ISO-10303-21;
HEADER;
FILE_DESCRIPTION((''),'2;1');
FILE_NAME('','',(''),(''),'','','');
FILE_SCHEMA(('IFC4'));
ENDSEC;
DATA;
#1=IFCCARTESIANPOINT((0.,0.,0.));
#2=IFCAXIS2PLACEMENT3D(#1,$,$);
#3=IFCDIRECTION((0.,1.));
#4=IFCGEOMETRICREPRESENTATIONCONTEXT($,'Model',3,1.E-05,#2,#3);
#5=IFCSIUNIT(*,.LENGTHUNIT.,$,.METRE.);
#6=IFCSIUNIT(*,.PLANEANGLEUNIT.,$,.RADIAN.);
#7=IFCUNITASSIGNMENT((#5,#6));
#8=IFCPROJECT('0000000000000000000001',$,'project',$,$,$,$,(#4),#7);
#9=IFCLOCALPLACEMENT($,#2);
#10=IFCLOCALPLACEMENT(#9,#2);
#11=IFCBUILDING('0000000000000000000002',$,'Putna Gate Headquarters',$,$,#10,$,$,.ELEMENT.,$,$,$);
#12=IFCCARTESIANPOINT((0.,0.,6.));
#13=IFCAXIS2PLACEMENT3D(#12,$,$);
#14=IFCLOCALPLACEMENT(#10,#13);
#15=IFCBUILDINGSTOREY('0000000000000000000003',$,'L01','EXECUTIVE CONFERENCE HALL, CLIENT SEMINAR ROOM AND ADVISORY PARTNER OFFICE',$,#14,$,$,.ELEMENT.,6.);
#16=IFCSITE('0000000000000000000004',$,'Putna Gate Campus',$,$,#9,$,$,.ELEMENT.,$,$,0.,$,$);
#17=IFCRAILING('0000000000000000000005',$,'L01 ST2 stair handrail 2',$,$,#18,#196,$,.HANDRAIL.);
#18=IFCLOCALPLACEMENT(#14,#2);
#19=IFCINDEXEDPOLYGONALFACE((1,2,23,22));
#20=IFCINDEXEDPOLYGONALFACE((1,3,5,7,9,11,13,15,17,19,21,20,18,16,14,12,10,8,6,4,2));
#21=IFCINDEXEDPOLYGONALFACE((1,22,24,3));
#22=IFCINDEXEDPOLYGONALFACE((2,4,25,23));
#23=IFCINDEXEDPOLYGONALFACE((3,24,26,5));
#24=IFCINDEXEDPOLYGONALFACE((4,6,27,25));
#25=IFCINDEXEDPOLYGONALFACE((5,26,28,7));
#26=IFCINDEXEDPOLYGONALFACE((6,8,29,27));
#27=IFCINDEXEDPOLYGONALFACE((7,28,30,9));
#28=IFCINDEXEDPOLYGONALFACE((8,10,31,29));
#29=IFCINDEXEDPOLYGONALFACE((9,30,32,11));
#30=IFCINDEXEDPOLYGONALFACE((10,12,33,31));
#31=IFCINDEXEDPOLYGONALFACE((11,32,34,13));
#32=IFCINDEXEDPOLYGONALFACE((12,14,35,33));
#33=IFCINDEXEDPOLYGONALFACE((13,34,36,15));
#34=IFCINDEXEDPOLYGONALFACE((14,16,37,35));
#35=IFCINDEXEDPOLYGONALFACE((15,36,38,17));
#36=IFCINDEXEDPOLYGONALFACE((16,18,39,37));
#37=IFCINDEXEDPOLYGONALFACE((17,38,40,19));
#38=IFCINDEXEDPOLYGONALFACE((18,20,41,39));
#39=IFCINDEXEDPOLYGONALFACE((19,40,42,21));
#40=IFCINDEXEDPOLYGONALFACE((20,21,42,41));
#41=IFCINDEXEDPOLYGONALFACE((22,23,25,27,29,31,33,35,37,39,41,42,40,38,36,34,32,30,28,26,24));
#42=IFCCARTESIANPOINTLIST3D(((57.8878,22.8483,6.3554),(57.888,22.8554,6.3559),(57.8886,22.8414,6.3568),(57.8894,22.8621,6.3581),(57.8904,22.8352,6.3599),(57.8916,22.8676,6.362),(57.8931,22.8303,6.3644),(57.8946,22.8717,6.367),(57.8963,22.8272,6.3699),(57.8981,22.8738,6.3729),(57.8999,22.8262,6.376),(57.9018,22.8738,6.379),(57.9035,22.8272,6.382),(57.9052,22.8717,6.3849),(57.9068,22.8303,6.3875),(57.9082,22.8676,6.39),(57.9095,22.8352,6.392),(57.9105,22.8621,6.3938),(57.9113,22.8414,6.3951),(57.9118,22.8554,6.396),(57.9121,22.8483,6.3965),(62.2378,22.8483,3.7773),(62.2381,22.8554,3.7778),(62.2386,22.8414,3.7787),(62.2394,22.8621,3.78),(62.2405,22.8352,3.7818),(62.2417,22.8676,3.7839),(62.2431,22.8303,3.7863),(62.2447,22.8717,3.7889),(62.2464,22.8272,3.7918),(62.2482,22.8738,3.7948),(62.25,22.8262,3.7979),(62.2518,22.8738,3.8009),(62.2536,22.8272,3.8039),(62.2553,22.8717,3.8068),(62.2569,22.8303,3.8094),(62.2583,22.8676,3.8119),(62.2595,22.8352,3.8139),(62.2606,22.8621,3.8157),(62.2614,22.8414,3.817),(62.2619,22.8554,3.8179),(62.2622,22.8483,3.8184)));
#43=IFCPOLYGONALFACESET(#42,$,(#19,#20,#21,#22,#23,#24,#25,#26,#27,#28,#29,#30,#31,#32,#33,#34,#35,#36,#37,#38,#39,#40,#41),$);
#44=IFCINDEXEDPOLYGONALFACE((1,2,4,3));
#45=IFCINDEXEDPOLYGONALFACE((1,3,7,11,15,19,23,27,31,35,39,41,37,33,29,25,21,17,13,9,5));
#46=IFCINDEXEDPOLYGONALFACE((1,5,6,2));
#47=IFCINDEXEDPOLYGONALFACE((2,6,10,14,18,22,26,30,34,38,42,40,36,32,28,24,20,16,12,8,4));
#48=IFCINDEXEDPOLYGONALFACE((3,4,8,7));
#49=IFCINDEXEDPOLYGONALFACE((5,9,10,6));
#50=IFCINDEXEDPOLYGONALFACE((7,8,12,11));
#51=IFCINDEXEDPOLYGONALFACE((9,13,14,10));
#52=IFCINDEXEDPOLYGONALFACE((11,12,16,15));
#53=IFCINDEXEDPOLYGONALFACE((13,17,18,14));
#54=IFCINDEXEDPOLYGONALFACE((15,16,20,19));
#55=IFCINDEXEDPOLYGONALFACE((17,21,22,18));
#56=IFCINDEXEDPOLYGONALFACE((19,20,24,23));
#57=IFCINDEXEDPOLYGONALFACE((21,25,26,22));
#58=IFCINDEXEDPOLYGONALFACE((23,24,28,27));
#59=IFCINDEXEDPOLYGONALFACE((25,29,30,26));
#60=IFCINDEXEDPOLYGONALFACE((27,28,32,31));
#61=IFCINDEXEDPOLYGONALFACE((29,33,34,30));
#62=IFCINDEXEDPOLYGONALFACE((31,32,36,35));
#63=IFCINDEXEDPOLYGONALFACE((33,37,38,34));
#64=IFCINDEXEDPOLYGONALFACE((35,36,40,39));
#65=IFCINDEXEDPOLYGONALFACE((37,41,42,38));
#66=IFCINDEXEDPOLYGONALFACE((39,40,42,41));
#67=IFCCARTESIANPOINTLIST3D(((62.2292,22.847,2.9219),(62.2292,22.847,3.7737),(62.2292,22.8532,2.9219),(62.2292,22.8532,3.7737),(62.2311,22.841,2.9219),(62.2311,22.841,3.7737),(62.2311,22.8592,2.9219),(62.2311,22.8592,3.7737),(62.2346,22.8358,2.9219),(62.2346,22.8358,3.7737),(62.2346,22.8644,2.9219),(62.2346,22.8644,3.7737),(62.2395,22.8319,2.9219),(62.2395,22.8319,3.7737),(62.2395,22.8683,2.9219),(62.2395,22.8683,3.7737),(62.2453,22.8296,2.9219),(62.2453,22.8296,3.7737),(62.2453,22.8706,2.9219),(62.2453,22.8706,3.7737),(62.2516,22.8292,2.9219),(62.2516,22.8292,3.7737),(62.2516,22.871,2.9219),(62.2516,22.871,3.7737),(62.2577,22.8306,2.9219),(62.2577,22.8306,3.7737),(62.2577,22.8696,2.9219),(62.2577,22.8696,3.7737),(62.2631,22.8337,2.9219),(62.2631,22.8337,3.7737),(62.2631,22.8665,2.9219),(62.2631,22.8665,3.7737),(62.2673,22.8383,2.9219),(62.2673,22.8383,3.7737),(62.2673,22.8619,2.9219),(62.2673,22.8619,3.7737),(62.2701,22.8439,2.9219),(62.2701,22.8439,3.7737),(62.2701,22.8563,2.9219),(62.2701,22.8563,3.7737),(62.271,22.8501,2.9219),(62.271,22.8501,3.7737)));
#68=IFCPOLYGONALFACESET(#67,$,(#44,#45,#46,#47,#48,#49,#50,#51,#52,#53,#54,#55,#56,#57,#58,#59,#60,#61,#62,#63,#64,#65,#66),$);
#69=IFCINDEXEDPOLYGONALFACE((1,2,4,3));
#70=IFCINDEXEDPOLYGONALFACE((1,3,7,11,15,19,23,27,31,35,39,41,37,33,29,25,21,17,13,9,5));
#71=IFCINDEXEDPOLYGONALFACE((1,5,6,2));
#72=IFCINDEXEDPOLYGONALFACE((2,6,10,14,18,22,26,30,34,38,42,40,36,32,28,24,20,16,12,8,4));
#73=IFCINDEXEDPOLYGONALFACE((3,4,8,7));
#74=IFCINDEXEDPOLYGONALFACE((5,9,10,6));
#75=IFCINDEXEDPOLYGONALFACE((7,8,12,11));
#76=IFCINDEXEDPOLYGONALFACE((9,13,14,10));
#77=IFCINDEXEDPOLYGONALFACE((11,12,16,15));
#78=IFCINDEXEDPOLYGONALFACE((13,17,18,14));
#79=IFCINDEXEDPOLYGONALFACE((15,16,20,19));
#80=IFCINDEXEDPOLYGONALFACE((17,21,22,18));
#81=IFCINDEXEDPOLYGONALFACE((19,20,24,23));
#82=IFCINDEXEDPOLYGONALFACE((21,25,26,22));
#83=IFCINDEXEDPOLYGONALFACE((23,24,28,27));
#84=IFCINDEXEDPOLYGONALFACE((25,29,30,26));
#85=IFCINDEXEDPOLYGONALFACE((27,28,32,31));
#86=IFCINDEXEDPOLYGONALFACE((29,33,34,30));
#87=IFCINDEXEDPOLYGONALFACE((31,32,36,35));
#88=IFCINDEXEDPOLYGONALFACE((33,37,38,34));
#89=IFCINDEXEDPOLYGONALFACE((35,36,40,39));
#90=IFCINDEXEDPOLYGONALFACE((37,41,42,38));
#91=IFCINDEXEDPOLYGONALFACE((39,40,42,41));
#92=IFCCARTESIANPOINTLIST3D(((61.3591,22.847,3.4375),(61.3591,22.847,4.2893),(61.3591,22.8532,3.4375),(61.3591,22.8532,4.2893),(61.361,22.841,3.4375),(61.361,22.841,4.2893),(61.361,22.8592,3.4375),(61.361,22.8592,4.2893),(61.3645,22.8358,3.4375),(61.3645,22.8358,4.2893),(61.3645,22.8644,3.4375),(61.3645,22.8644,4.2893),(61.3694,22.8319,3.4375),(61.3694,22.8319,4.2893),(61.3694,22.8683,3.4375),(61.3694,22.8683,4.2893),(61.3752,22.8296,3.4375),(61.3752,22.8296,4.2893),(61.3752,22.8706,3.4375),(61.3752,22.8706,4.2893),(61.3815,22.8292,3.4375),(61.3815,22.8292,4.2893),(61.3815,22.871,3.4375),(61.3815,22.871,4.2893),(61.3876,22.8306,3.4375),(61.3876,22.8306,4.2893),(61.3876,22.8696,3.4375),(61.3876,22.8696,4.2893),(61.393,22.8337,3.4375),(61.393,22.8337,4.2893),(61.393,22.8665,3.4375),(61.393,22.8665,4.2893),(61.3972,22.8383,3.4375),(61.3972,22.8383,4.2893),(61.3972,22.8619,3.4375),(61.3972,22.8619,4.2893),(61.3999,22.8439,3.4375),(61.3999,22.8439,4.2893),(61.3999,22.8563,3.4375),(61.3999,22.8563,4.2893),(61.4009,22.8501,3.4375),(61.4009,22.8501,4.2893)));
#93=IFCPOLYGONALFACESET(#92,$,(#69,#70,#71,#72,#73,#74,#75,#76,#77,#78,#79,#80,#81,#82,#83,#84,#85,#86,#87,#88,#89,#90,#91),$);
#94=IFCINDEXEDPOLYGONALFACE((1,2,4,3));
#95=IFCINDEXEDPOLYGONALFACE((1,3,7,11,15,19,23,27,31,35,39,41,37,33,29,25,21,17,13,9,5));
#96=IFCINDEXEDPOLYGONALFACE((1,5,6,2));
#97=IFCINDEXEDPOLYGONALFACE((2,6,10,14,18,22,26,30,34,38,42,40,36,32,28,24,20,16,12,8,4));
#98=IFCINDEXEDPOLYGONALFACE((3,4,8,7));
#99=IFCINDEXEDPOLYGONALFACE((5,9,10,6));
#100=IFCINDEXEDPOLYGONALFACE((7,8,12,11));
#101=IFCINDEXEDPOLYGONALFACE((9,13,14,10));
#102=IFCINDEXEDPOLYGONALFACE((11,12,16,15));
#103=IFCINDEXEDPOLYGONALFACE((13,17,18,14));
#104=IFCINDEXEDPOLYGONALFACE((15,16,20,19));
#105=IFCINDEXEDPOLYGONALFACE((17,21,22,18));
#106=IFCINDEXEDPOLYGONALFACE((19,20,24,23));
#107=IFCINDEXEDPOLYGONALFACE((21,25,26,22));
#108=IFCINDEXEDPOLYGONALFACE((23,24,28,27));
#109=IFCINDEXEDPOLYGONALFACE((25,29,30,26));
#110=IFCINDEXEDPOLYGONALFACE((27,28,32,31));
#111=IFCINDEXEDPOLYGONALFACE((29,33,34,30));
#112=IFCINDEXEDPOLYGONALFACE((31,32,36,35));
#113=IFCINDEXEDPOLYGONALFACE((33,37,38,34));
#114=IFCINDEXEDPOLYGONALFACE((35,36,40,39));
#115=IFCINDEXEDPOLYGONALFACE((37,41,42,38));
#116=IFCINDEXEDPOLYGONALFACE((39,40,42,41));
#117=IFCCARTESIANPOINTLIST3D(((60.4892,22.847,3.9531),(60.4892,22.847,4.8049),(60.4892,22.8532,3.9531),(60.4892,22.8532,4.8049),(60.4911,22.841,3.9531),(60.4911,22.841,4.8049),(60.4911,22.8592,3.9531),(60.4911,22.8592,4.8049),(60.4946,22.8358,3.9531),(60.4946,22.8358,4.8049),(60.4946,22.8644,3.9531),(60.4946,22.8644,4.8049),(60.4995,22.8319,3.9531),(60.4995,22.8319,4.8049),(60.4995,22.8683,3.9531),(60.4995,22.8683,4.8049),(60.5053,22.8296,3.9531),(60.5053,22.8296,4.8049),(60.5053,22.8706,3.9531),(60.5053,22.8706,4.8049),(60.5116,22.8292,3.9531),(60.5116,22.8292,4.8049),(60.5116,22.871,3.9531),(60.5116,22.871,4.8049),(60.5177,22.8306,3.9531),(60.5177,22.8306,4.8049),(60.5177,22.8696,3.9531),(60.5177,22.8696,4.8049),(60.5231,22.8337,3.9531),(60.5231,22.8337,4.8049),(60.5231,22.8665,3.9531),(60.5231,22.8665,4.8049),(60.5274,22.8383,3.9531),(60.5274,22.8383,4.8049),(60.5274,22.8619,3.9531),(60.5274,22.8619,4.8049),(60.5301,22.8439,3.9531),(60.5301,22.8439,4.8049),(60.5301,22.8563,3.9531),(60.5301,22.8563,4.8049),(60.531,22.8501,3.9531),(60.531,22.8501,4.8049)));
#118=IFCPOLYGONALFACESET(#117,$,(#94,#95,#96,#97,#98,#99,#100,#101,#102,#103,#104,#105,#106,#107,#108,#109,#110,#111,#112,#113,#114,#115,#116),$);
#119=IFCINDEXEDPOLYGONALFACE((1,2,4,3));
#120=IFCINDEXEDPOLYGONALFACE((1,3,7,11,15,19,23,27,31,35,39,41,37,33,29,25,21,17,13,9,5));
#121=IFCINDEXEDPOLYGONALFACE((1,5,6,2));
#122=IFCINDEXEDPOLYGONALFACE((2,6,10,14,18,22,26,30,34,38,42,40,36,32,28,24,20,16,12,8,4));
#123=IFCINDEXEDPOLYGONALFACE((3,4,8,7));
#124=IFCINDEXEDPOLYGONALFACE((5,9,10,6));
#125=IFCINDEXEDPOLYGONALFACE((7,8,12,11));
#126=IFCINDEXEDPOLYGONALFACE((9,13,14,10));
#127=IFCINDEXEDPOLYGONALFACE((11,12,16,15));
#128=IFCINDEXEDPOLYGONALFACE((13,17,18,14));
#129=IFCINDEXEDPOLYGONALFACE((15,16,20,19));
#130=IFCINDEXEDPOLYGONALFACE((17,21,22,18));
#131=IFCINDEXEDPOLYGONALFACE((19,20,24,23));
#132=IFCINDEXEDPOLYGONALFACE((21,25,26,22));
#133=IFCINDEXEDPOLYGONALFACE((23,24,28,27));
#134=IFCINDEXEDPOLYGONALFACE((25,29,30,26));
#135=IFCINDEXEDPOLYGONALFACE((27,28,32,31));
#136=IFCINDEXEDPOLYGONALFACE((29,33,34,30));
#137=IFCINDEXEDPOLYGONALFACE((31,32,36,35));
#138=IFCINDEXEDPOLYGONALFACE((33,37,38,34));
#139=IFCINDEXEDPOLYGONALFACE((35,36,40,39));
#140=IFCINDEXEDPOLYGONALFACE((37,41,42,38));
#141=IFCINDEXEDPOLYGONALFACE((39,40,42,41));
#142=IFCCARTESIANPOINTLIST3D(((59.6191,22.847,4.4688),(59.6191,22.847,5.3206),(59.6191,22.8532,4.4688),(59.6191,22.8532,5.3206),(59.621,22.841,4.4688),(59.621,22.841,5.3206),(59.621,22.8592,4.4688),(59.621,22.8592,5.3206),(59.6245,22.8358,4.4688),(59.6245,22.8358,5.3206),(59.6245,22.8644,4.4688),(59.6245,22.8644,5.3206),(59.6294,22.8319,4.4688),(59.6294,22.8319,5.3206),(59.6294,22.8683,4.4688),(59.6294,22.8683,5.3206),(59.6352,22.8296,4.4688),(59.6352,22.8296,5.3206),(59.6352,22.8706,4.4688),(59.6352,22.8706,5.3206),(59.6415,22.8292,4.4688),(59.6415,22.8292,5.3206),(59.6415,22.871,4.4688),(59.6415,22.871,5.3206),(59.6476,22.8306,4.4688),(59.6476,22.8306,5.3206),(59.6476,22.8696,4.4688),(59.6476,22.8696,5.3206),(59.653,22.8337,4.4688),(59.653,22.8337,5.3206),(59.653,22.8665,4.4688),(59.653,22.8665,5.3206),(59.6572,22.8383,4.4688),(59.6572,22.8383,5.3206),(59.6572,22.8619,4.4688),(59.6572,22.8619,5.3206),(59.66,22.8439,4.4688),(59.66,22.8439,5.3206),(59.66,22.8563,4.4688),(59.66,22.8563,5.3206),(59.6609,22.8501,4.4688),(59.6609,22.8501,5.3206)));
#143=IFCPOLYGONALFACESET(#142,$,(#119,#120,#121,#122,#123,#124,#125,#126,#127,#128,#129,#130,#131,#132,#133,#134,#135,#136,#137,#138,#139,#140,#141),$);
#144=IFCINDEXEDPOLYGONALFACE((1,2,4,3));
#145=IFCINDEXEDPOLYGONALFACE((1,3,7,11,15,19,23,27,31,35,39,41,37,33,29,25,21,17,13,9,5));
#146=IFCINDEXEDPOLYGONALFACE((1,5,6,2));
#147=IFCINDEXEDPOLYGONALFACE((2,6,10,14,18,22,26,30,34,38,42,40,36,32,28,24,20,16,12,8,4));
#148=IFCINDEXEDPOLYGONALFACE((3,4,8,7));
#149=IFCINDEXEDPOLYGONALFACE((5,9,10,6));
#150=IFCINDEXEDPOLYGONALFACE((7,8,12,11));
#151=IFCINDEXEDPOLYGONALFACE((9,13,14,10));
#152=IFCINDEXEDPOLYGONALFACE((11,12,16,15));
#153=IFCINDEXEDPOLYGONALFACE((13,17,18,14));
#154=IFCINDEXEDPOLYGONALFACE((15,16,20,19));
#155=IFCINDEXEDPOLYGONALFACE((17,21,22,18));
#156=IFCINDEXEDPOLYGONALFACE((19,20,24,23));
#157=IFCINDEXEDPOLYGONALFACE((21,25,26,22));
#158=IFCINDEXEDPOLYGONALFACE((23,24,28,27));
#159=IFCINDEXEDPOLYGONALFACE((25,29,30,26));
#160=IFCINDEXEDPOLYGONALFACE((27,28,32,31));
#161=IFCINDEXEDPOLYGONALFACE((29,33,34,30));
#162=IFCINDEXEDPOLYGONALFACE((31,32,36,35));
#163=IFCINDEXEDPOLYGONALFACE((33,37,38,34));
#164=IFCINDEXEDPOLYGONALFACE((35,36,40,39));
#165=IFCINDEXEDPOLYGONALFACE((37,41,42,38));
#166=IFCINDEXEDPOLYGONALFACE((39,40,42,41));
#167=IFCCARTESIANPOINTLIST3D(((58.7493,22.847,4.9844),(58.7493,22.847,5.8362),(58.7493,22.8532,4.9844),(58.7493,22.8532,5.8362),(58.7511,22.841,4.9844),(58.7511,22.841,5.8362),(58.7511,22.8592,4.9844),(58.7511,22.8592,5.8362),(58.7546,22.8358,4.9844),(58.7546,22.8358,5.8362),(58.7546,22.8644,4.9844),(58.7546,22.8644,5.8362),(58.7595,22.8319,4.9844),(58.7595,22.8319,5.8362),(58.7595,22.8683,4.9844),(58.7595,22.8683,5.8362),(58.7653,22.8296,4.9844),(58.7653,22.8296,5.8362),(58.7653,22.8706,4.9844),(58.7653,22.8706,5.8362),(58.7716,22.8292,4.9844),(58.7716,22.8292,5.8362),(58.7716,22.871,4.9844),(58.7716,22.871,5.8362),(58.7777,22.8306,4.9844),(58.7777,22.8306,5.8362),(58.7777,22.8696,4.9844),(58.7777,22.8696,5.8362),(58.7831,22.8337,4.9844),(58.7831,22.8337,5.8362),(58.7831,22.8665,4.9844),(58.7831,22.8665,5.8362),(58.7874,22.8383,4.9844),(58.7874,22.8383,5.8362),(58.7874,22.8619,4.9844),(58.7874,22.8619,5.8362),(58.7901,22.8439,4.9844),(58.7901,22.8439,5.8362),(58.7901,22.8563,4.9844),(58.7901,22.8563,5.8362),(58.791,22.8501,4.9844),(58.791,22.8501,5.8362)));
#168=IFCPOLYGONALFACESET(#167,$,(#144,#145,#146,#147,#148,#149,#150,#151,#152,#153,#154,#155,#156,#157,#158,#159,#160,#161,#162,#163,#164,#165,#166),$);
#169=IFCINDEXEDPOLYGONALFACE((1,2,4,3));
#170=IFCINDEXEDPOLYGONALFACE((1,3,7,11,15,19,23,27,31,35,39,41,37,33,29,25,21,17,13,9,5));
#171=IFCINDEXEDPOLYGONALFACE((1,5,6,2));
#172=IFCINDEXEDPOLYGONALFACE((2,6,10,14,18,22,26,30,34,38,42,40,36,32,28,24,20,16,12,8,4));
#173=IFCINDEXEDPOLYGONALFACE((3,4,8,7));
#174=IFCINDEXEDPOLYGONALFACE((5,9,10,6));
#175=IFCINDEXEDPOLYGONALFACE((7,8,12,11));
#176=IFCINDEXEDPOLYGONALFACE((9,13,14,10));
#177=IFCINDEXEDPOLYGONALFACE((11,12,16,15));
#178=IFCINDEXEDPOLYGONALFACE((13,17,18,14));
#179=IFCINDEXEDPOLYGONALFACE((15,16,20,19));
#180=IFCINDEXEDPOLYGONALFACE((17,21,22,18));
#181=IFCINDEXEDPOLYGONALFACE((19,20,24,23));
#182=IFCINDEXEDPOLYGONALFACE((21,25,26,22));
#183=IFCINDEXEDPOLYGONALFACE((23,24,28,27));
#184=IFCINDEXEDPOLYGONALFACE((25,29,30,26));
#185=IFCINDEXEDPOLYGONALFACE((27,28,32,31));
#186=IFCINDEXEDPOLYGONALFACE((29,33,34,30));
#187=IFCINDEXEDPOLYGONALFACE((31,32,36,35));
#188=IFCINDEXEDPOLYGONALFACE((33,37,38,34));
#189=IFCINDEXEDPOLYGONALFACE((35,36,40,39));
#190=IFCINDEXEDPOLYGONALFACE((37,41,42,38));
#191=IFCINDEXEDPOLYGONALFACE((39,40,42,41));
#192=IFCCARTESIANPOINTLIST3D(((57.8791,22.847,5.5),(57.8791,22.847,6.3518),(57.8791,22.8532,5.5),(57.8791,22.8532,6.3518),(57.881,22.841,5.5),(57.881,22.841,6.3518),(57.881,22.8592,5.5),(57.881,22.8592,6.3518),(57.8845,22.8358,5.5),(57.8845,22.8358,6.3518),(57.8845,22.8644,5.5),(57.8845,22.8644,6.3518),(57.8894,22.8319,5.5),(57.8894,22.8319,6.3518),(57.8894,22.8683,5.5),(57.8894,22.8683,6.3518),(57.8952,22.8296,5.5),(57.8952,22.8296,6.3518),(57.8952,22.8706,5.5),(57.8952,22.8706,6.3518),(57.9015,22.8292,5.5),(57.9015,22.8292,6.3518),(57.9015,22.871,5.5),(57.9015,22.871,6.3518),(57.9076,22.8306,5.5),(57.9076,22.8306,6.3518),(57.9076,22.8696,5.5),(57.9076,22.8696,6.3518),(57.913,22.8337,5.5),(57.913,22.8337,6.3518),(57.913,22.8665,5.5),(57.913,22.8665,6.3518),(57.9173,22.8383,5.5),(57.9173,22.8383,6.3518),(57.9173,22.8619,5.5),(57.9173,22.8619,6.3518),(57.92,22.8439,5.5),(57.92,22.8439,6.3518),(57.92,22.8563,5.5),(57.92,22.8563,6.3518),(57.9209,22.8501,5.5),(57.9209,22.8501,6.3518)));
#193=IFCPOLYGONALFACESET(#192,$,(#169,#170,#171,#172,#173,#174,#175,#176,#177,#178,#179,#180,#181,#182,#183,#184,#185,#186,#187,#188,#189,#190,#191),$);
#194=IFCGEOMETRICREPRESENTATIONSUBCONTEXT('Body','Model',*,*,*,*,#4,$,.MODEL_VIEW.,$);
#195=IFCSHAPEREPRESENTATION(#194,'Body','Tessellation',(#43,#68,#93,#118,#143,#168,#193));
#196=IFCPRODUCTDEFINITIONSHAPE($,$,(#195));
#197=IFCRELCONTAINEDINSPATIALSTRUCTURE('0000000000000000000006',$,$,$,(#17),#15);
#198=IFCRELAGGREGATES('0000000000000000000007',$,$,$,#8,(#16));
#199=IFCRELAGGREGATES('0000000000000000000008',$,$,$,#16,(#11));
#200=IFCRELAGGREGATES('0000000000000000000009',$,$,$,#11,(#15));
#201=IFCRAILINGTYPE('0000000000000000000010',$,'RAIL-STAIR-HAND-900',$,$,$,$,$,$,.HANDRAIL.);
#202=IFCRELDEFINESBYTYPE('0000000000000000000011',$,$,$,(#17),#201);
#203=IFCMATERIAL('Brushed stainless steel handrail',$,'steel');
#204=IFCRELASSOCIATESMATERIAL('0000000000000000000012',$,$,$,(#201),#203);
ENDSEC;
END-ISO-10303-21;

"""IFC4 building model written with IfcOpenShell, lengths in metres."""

from ifc_helpers import new_model, si_unit, direction, frame, origin, origin_2d, place, context, subcontext, project, spatial, circle, extrude, material, type_object, element, save


model = new_model("IFC4")

# Units and contexts
model_context = context("Model", 3, precision=1e-05, world=origin(), true_north=direction((0.0, 1.0)))
body_context = subcontext(model_context, "Body", "Model", "MODEL_VIEW")
ifc_project = project(units=[si_unit("LENGTHUNIT", "METRE"), si_unit("PLANEANGLEUNIT", "RADIAN")], contexts=[model_context])

# Site, building, storey
site_placement = place(None, origin())
site = spatial("IfcSite", under=ifc_project, at=site_placement, Name="Putna Gate Campus", CompositionType="ELEMENT", RefElevation=0.0)
building_placement = place(site_placement, origin())
building = spatial("IfcBuilding", under=site, at=building_placement, Name="Putna Gate Headquarters", CompositionType="ELEMENT")
storey_placement = place(building_placement, frame((0.0, 0.0, 6.0)))
storey = spatial("IfcBuildingStorey", under=building, at=storey_placement, Name="L01", Description="EXECUTIVE CONFERENCE HALL, CLIENT SEMINAR ROOM AND ADVISORY PARTNER OFFICE", CompositionType="ELEMENT", Elevation=6.0)

# Railing
ifc_material_1 = material(Name="Brushed stainless steel handrail", Category="steel")
railing_type_1 = type_object("IfcRailingType", Name="RAIL-STAIR-HAND-900", PredefinedType="HANDRAIL", material=ifc_material_1)
railing_1_placement = place(storey_placement, frame((62.25, 22.8501, 2.9219)))
element("IfcRailing", 1, at=railing_1_placement, inside=storey, type_object=railing_type_1, Name="L01 ST2 stair handrail 2", PredefinedType="HANDRAIL", context=body_context, shape_type="SweptSolid", body=[
    extrude(circle(Radius=0.0239, at=origin_2d()), frame((0.0, 0.0, 0.876), z_axis=(-0.860266, 0.0, 0.509845), x_axis=(0.0, -1.0, 0.0)), (0.0, 0.0, 1.0), 5.0566),
    extrude(circle(Radius=0.021, at=origin_2d()), origin(), (0.0, 0.0, 1.0), 0.8518),
    extrude(circle(Radius=0.021, at=origin_2d()), frame((-0.8701, 0.0, 0.5156)), (0.0, 0.0, 1.0), 0.8518),
    extrude(circle(Radius=0.021, at=origin_2d()), frame((-1.74, 0.0, 1.0312)), (0.0, 0.0, 1.0), 0.8518),
    extrude(circle(Radius=0.021, at=origin_2d()), frame((-2.6101, 0.0, 1.5469)), (0.0, 0.0, 1.0), 0.8518),
    extrude(circle(Radius=0.021, at=origin_2d()), frame((-3.48, 0.0, 2.0625)), (0.0, 0.0, 1.0), 0.8518),
    extrude(circle(Radius=0.021, at=origin_2d()), frame((-4.3501, 0.0, 2.5781)), (0.0, 0.0, 1.0), 0.8518),
])

save(model, "model.ifc")
